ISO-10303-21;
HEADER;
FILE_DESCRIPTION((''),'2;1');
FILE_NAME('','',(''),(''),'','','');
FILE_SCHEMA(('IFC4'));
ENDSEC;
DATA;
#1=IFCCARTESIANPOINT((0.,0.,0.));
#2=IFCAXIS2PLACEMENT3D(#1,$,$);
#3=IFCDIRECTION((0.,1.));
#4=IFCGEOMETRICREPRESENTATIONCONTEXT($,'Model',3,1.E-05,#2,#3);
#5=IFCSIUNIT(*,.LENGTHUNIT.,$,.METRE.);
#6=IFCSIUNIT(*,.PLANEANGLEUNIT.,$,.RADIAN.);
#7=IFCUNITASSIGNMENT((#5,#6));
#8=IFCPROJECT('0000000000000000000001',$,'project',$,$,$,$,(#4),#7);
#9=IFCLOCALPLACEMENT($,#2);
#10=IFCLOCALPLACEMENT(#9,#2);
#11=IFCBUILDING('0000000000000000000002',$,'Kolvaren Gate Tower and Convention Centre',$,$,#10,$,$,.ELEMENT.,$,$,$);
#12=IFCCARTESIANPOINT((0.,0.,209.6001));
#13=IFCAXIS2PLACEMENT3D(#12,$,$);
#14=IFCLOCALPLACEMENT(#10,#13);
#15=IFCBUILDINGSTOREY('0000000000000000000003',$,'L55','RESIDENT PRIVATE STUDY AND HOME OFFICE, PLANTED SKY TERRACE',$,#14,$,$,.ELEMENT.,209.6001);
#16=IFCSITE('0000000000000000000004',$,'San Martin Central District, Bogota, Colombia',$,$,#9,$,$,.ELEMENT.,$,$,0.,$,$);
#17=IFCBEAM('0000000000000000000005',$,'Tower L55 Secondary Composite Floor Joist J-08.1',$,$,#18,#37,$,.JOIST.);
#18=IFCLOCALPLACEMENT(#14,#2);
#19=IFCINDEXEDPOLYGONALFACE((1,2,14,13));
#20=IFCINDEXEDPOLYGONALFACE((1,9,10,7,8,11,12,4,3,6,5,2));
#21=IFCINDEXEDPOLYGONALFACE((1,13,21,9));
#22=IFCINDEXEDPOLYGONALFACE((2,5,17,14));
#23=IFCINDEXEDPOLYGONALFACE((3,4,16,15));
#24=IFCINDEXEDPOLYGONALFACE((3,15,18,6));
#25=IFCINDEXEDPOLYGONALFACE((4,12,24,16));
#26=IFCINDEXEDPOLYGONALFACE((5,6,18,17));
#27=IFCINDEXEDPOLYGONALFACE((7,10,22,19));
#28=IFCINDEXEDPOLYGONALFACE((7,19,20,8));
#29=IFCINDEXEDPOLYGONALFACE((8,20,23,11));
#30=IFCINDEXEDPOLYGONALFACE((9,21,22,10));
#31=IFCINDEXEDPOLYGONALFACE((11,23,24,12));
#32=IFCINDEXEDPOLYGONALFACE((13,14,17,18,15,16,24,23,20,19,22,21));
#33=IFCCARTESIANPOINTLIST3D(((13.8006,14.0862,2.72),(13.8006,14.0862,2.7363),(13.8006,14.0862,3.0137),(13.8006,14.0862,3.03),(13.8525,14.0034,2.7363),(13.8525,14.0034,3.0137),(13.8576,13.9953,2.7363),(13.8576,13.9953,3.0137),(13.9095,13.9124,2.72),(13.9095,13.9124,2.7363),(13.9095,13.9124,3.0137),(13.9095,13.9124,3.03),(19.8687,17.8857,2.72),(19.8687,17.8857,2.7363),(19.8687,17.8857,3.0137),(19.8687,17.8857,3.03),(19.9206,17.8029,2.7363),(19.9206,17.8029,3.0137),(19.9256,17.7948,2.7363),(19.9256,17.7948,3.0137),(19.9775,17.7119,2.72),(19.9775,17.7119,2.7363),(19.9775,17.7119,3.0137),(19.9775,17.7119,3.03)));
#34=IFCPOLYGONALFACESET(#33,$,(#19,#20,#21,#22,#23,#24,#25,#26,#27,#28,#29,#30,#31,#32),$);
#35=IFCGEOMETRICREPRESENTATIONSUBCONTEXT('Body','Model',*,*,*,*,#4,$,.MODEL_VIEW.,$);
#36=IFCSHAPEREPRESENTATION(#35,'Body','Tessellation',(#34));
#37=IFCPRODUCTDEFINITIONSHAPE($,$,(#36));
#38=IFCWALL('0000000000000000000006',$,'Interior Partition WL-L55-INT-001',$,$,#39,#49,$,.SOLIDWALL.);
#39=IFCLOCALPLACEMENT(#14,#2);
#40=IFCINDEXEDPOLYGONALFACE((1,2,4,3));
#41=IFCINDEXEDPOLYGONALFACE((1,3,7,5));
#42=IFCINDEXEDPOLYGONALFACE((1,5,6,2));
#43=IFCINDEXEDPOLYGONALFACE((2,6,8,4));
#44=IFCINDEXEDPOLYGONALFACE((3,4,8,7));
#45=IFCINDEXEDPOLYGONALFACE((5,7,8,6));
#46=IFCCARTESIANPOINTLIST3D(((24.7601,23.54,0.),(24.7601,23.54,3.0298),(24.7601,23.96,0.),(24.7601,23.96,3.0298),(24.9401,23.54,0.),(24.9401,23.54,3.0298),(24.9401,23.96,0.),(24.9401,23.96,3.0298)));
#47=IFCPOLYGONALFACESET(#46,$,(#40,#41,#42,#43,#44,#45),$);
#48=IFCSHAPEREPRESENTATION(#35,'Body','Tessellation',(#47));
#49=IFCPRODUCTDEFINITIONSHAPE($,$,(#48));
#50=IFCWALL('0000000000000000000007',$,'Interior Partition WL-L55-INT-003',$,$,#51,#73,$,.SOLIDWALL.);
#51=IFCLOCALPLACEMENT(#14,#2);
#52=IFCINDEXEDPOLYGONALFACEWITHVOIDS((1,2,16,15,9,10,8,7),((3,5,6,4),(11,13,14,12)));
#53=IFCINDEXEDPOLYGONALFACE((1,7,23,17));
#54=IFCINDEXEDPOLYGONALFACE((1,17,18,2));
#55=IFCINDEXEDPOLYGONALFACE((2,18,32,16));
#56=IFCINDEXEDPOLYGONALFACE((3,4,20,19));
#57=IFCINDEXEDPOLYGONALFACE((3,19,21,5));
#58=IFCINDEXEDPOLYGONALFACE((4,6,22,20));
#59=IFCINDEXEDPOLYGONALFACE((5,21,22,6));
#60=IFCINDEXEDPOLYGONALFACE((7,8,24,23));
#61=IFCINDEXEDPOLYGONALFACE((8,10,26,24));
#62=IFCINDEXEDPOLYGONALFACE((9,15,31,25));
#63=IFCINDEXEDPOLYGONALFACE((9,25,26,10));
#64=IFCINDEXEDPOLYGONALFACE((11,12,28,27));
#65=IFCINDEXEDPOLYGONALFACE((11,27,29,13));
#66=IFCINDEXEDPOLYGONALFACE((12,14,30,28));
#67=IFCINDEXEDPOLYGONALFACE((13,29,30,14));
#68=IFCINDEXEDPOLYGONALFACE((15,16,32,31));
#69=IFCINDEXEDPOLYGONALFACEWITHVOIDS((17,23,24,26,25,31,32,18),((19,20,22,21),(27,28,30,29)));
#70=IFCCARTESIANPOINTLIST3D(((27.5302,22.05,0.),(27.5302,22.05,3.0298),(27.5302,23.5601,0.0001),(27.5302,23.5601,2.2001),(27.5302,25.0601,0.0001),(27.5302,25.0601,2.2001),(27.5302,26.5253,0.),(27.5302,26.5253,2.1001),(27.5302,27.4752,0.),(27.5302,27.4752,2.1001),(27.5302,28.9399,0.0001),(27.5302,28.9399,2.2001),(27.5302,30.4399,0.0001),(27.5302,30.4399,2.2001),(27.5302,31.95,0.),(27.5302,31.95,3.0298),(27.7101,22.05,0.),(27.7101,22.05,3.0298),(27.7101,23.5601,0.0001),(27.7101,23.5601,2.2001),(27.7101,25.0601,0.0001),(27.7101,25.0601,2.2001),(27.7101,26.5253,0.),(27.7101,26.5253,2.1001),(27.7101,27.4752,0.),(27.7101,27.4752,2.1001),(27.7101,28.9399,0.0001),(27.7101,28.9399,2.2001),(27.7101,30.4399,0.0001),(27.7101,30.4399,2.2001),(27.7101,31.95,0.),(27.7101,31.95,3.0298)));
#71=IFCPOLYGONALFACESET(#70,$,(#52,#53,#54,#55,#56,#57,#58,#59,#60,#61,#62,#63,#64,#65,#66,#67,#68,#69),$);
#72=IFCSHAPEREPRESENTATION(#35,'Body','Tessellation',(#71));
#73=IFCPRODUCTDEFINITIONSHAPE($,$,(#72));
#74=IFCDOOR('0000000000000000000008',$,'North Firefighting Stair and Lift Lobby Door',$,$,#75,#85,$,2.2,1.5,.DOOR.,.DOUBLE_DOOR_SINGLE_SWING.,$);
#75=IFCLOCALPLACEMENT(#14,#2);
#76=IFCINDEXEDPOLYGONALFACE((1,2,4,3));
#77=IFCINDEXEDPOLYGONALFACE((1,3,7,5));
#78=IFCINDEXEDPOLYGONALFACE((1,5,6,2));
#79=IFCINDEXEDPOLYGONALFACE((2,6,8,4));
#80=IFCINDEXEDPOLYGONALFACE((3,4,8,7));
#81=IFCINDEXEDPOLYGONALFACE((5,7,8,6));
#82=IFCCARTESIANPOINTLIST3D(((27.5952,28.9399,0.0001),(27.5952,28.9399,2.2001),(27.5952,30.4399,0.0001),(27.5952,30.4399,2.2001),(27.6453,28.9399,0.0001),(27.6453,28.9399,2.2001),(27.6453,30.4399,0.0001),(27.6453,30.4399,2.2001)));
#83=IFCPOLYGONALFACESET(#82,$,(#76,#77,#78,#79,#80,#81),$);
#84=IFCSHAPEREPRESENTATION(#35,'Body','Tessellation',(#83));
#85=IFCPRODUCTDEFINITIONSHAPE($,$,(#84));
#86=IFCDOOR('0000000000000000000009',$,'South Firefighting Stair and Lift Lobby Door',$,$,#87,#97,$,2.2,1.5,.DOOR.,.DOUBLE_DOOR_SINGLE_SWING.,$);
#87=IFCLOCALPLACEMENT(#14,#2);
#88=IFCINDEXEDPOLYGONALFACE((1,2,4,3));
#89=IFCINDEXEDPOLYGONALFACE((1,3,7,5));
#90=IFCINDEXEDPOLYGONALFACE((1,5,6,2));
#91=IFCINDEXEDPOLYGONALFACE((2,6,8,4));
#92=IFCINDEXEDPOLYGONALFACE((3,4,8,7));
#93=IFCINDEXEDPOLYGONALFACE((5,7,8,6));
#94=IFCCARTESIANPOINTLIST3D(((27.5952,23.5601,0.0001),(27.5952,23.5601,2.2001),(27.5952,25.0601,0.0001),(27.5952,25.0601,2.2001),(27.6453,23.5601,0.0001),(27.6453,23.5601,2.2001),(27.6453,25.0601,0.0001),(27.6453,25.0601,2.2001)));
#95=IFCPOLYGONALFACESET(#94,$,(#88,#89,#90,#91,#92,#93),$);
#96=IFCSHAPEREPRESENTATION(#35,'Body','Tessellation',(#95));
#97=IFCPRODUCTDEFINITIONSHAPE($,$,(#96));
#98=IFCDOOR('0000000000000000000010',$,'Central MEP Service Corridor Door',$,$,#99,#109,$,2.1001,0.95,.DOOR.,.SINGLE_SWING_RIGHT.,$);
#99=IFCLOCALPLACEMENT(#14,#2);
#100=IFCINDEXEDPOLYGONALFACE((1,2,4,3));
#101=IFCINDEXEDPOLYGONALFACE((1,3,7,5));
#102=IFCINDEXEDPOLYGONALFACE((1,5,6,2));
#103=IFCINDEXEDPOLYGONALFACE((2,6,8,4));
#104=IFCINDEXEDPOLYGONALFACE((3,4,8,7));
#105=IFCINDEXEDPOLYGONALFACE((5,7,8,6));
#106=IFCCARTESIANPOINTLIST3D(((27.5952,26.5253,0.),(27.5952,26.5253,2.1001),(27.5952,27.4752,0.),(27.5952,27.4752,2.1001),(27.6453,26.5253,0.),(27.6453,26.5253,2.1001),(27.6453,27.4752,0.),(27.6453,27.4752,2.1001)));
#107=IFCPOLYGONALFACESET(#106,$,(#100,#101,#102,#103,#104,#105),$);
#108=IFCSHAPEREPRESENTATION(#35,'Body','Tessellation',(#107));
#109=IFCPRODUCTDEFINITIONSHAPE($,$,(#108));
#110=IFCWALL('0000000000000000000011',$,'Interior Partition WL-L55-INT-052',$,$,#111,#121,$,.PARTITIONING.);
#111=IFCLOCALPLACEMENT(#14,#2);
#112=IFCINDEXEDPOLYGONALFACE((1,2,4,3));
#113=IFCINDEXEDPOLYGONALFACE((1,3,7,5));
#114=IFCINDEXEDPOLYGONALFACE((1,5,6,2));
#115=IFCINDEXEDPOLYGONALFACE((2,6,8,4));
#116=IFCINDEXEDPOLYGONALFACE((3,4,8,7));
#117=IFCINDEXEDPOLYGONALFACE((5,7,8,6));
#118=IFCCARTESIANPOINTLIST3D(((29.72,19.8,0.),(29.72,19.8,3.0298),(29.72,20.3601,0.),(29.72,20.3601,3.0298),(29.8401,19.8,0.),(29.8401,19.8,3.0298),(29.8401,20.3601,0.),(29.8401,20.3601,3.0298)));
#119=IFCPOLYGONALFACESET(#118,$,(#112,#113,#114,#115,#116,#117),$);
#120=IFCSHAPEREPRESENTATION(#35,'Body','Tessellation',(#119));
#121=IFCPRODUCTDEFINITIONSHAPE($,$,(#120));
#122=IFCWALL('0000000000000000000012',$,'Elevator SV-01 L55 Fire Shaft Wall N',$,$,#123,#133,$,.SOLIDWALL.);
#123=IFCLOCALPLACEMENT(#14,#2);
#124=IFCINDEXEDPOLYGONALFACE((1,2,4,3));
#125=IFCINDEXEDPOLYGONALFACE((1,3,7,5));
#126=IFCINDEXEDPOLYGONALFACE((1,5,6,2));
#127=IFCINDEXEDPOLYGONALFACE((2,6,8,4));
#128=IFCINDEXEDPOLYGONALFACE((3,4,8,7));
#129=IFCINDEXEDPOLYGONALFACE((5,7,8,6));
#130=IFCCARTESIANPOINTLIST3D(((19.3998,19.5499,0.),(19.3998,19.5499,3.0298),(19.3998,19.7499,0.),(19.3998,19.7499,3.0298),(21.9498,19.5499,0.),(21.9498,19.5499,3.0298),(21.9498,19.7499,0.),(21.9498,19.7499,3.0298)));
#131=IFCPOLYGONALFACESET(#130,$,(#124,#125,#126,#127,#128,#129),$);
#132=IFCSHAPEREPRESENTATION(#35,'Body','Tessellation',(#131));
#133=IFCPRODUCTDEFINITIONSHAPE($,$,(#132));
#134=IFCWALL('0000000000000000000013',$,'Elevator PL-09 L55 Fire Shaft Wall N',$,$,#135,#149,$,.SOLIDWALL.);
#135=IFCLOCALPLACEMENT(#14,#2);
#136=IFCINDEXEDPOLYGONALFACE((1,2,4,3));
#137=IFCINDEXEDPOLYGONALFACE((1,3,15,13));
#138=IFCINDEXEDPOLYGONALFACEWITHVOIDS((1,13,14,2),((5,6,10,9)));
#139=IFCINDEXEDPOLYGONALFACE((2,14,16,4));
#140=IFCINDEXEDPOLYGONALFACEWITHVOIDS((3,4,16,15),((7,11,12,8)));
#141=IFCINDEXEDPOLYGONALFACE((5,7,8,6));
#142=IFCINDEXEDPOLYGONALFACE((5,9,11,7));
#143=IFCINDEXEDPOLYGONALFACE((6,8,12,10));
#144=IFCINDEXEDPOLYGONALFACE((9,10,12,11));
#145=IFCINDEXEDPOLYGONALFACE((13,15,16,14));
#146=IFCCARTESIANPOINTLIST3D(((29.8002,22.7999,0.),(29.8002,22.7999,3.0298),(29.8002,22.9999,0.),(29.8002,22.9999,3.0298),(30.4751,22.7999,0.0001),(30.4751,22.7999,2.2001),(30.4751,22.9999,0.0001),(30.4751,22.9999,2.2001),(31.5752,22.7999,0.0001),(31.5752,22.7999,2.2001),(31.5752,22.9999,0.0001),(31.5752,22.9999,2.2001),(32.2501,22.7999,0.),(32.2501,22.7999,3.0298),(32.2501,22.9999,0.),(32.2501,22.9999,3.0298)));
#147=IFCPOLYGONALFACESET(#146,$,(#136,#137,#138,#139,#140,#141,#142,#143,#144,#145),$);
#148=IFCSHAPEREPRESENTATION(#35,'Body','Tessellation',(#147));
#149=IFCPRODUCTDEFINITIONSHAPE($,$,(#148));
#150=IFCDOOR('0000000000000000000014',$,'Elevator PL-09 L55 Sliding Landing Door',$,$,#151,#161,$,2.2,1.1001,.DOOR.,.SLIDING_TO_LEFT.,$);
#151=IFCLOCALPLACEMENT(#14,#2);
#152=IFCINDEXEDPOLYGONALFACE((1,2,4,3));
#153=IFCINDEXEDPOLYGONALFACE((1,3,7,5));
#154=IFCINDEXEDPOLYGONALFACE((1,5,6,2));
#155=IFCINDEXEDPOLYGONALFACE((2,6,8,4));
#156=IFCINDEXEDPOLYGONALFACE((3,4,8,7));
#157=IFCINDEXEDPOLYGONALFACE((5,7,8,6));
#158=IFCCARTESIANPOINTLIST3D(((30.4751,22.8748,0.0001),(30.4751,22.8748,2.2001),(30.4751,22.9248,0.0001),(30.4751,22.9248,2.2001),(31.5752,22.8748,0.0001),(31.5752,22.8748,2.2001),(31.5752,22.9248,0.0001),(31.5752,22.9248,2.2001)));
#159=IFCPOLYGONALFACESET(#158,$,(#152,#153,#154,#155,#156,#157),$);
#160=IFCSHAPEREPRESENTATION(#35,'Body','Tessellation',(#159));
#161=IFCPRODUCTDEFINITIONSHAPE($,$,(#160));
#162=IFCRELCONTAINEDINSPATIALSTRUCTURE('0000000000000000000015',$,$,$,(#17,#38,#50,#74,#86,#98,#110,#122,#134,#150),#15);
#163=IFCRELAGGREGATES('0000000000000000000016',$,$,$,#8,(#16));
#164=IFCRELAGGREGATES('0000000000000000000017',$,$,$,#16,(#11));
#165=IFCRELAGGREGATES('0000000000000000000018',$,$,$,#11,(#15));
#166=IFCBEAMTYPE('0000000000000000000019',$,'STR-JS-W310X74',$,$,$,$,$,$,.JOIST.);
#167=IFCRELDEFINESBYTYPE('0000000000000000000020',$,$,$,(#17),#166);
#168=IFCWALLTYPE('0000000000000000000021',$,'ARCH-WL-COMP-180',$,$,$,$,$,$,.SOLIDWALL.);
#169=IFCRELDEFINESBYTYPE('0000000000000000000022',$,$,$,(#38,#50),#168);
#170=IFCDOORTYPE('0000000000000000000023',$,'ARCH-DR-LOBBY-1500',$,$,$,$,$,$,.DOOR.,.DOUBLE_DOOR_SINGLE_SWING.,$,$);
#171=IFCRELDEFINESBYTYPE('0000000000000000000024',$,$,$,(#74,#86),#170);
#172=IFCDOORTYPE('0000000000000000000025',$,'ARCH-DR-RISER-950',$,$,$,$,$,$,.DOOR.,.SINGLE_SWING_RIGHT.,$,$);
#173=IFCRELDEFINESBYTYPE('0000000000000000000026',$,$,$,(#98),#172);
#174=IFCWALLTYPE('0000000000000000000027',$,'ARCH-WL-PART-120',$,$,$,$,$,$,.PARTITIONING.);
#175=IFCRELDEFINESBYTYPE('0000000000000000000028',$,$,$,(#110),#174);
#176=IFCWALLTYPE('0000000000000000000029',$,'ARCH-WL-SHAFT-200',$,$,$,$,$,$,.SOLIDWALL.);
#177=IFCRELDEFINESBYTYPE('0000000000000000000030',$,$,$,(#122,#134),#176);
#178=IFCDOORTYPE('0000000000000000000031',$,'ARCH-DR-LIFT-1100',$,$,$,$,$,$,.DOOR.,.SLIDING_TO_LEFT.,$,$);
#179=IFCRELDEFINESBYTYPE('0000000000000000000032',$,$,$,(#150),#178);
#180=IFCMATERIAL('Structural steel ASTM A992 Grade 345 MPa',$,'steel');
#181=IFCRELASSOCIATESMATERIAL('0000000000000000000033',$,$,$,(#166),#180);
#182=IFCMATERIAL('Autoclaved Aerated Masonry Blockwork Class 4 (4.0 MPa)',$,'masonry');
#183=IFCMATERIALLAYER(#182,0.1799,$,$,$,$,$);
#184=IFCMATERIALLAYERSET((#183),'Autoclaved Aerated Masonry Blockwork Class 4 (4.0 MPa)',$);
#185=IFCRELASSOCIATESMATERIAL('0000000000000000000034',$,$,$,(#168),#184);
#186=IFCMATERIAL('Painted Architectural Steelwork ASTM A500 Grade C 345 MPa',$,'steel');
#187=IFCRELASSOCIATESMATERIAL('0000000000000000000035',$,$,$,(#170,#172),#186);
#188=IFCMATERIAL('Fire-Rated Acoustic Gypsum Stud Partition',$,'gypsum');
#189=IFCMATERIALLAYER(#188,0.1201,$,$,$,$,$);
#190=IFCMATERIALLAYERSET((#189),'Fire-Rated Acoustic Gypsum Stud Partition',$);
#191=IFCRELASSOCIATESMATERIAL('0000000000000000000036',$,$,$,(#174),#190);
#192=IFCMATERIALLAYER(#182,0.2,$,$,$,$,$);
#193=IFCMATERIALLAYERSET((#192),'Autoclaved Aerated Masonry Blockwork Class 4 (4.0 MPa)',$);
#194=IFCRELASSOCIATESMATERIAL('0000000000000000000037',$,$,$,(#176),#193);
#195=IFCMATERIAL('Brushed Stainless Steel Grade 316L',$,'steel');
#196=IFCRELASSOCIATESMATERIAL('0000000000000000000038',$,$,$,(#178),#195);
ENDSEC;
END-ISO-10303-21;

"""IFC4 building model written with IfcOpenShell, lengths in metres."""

from ifc_helpers import new_model, si_unit, direction, frame, frame_2d, origin, origin_2d, place, context, subcontext, project, spatial, rectangle, i_section, extrude, material, layer, layer_set, material_profile, profile_set, type_object, element, fill, save


model = new_model("IFC4")

# Units and contexts
model_context = context("Model", 3, precision=1e-05, world=origin(), true_north=direction((0.0, 1.0)))
body_context = subcontext(model_context, "Body", "Model", "MODEL_VIEW")
ifc_project = project(units=[si_unit("LENGTHUNIT", "METRE"), si_unit("PLANEANGLEUNIT", "RADIAN")], contexts=[model_context])

# Site, building, storey
site_placement = place(None, origin())
site = spatial("IfcSite", under=ifc_project, at=site_placement, Name="San Martin Central District, Bogota, Colombia", CompositionType="ELEMENT", RefElevation=0.0)
building_placement = place(site_placement, origin())
building = spatial("IfcBuilding", under=site, at=building_placement, Name="Kolvaren Gate Tower and Convention Centre", CompositionType="ELEMENT")
storey_placement = place(building_placement, frame((0.0, 0.0, 209.6001)))
storey = spatial("IfcBuildingStorey", under=building, at=storey_placement, Name="L55", Description="RESIDENT PRIVATE STUDY AND HOME OFFICE, PLANTED SKY TERRACE", CompositionType="ELEMENT", Elevation=209.6001)

# Beam
ifc_material_1 = material(Name="Structural steel ASTM A992 Grade 345 MPa", Category="steel")
ifc_material_profile = material_profile(ifc_material_1, i_section(OverallWidth=0.2051, OverallDepth=0.3101, WebThickness=0.0095, FlangeThickness=0.0164, at=origin_2d()), Name="W310X74")
ifc_profile_set = profile_set([ifc_material_profile], Name="Structural steel ASTM A992 Grade 345 MPa")
beam_type = type_object("IfcBeamType", Name="STR-JS-W310X74", PredefinedType="JOIST", material=ifc_profile_set)
beam_placement = place(storey_placement, frame((19.9231, 17.7988, 2.875), z_axis=(-0.847559, -0.530701, 0.0), x_axis=(0.530701, -0.847559, 0.0)))
element("IfcBeam", 1, at=beam_placement, inside=storey, type_object=beam_type, Name="Tower L55 Secondary Composite Floor Joist J-08.1", PredefinedType="JOIST", context=body_context, shape_type="SweptSolid", body=[
    extrude(i_section(OverallWidth=0.2051, OverallDepth=0.3101, WebThickness=0.0095, FlangeThickness=0.0164, at=origin_2d()), origin(), (0.0, 0.0, 1.0), 7.1594),
])

# Wall
ifc_material_2 = material(Name="Autoclaved Aerated Masonry Blockwork Class 4 (4.0 MPa)", Category="masonry")
ifc_layer_1 = layer(ifc_material_2, 0.1799)
ifc_layer_set_1 = layer_set([ifc_layer_1], Name="Autoclaved Aerated Masonry Blockwork Class 4 (4.0 MPa)")
wall_type_1 = type_object("IfcWallType", Name="ARCH-WL-COMP-180", PredefinedType="SOLIDWALL", material=ifc_layer_set_1)
wall_1_placement = place(storey_placement, frame((24.8501, 23.54, 0.0), z_axis=(0.0, 0.0, 1.0), x_axis=(0.0, 1.0, 0.0)))
element("IfcWall", 2, at=wall_1_placement, inside=storey, type_object=wall_type_1, Name="Interior Partition WL-L55-INT-001", PredefinedType="SOLIDWALL", context=body_context, shape_type="SweptSolid", body=[
    extrude(rectangle(XDim=0.4199, YDim=0.1799, at=frame_2d((0.21, 0.0))), origin(), (0.0, 0.0, 1.0), 3.0298),
])

# Wall, openings, doors
wall_2_placement = place(storey_placement, frame((27.6201, 22.05, 0.0), z_axis=(0.0, 0.0, 1.0), x_axis=(0.0, 1.0, 0.0)))
wall_2 = element("IfcWall", 3, at=wall_2_placement, inside=storey, type_object=wall_type_1, Name="Interior Partition WL-L55-INT-003", PredefinedType="SOLIDWALL", context=body_context, shape_type="SweptSolid", body=[
    extrude(rectangle(XDim=9.8999, YDim=0.1799, at=frame_2d((4.95, 0.0))), origin(), (0.0, 0.0, 1.0), 3.0298),
])
opening_1_placement = place(wall_2_placement, frame((4.4751, 0.0, 0.0)))
opening_1 = element("IfcOpeningElement", 4, at=opening_1_placement, cuts=wall_2, PredefinedType="OPENING", context=body_context, shape_type="SweptSolid", body=[
    extrude(rectangle(XDim=0.95, YDim=2.1001, at=frame_2d((0.4751, 1.05))), frame((0.0, 0.0999, 0.0), z_axis=(0.0, -1.0, 0.0), x_axis=(1.0, 0.0, 0.0)), (0.0, 0.0, 1.0), 0.2),
])
opening_2_placement = place(wall_2_placement, frame((6.8899, 0.0, 0.0)))
opening_2 = element("IfcOpeningElement", 5, at=opening_2_placement, cuts=wall_2, PredefinedType="OPENING", context=body_context, shape_type="SweptSolid", body=[
    extrude(rectangle(XDim=1.5, YDim=2.2, at=frame_2d((0.75, 1.1001))), frame((0.0, 0.0999, 0.0), z_axis=(0.0, -1.0, 0.0), x_axis=(1.0, 0.0, 0.0)), (0.0, 0.0, 1.0), 0.2),
])
opening_3_placement = place(wall_2_placement, frame((1.51, 0.0, 0.0)))
opening_3 = element("IfcOpeningElement", 6, at=opening_3_placement, cuts=wall_2, PredefinedType="OPENING", context=body_context, shape_type="SweptSolid", body=[
    extrude(rectangle(XDim=1.5, YDim=2.2, at=frame_2d((0.75, 1.1001))), frame((0.0, 0.0999, 0.0), z_axis=(0.0, -1.0, 0.0), x_axis=(1.0, 0.0, 0.0)), (0.0, 0.0, 1.0), 0.2),
])
ifc_material_3 = material(Name="Painted Architectural Steelwork ASTM A500 Grade C 345 MPa", Category="steel")
door_type_1 = type_object("IfcDoorType", Name="ARCH-DR-LOBBY-1500", OperationType="DOUBLE_DOOR_SINGLE_SWING", PredefinedType="DOOR", material=ifc_material_3)
door_1_placement = place(opening_2_placement, origin())
door_1 = element("IfcDoor", 7, at=door_1_placement, inside=storey, type_object=door_type_1, Name="North Firefighting Stair and Lift Lobby Door", OperationType="DOUBLE_DOOR_SINGLE_SWING", OverallHeight=2.2, OverallWidth=1.5, PredefinedType="DOOR", context=body_context, shape_type="SweptSolid", body=[
    extrude(rectangle(XDim=1.5, YDim=2.2, at=frame_2d((0.75, 1.1001))), frame((0.0, 0.0249, 0.0), z_axis=(0.0, -1.0, 0.0), x_axis=(1.0, 0.0, 0.0)), (0.0, 0.0, 1.0), 0.05),
])
fill(opening_2, door_1)
door_2_placement = place(opening_3_placement, origin())
door_2 = element("IfcDoor", 8, at=door_2_placement, inside=storey, type_object=door_type_1, Name="South Firefighting Stair and Lift Lobby Door", OperationType="DOUBLE_DOOR_SINGLE_SWING", OverallHeight=2.2, OverallWidth=1.5, PredefinedType="DOOR", context=body_context, shape_type="SweptSolid", body=[
    extrude(rectangle(XDim=1.5, YDim=2.2, at=frame_2d((0.75, 1.1001))), frame((0.0, 0.0249, 0.0), z_axis=(0.0, -1.0, 0.0), x_axis=(1.0, 0.0, 0.0)), (0.0, 0.0, 1.0), 0.05),
])
fill(opening_3, door_2)
door_type_2 = type_object("IfcDoorType", Name="ARCH-DR-RISER-950", OperationType="SINGLE_SWING_RIGHT", PredefinedType="DOOR", material=ifc_material_3)
door_3_placement = place(opening_1_placement, origin())
door_3 = element("IfcDoor", 9, at=door_3_placement, inside=storey, type_object=door_type_2, Name="Central MEP Service Corridor Door", OperationType="SINGLE_SWING_RIGHT", OverallHeight=2.1001, OverallWidth=0.95, PredefinedType="DOOR", context=body_context, shape_type="SweptSolid", body=[
    extrude(rectangle(XDim=0.95, YDim=2.1001, at=frame_2d((0.4751, 1.05))), frame((0.0, 0.0249, 0.0), z_axis=(0.0, -1.0, 0.0), x_axis=(1.0, 0.0, 0.0)), (0.0, 0.0, 1.0), 0.05),
])
fill(opening_1, door_3)

# Walls
ifc_material_4 = material(Name="Fire-Rated Acoustic Gypsum Stud Partition", Category="gypsum")
ifc_layer_2 = layer(ifc_material_4, 0.1201)
ifc_layer_set_2 = layer_set([ifc_layer_2], Name="Fire-Rated Acoustic Gypsum Stud Partition")
wall_type_2 = type_object("IfcWallType", Name="ARCH-WL-PART-120", PredefinedType="PARTITIONING", material=ifc_layer_set_2)
wall_3_placement = place(storey_placement, frame((29.78, 19.8, 0.0), z_axis=(0.0, 0.0, 1.0), x_axis=(0.0, 1.0, 0.0)))
element("IfcWall", 10, at=wall_3_placement, inside=storey, type_object=wall_type_2, Name="Interior Partition WL-L55-INT-052", PredefinedType="PARTITIONING", context=body_context, shape_type="SweptSolid", body=[
    extrude(rectangle(XDim=0.5601, YDim=0.1201, at=frame_2d((0.28, 0.0))), origin(), (0.0, 0.0, 1.0), 3.0298),
])
ifc_layer_3 = layer(ifc_material_2, 0.2)
ifc_layer_set_3 = layer_set([ifc_layer_3], Name="Autoclaved Aerated Masonry Blockwork Class 4 (4.0 MPa)")
wall_type_3 = type_object("IfcWallType", Name="ARCH-WL-SHAFT-200", PredefinedType="SOLIDWALL", material=ifc_layer_set_3)
wall_4_placement = place(storey_placement, frame((19.3999, 19.6499, 0.0), z_axis=(0.0, 0.0, 1.0), x_axis=(1.0, 0.0, 0.0)))
element("IfcWall", 11, at=wall_4_placement, inside=storey, type_object=wall_type_3, Name="Elevator SV-01 L55 Fire Shaft Wall N", PredefinedType="SOLIDWALL", context=body_context, shape_type="SweptSolid", body=[
    extrude(rectangle(XDim=2.55, YDim=0.2, at=frame_2d((1.2749, 0.0))), origin(), (0.0, 0.0, 1.0), 3.0298),
])

# Wall, opening, door
wall_5_placement = place(storey_placement, frame((29.8, 22.8999, 0.0), z_axis=(0.0, 0.0, 1.0), x_axis=(1.0, 0.0, 0.0)))
wall_5 = element("IfcWall", 12, at=wall_5_placement, inside=storey, type_object=wall_type_3, Name="Elevator PL-09 L55 Fire Shaft Wall N", PredefinedType="SOLIDWALL", context=body_context, shape_type="SweptSolid", body=[
    extrude(rectangle(XDim=2.45, YDim=0.2, at=frame_2d((1.2251, 0.0))), origin(), (0.0, 0.0, 1.0), 3.0298),
])
opening_4_placement = place(wall_5_placement, frame((0.675, 0.0, 0.0)))
opening_4 = element("IfcOpeningElement", 13, at=opening_4_placement, cuts=wall_5, PredefinedType="OPENING", context=body_context, shape_type="SweptSolid", body=[
    extrude(rectangle(XDim=1.1001, YDim=2.2, at=frame_2d((0.55, 1.1001))), frame((0.0, 0.1099, 0.0), z_axis=(0.0, -1.0, 0.0), x_axis=(1.0, 0.0, 0.0)), (0.0, 0.0, 1.0), 0.22),
])
ifc_material_5 = material(Name="Brushed Stainless Steel Grade 316L", Category="steel")
door_type_3 = type_object("IfcDoorType", Name="ARCH-DR-LIFT-1100", OperationType="SLIDING_TO_LEFT", PredefinedType="DOOR", material=ifc_material_5)
door_4_placement = place(opening_4_placement, origin())
door_4 = element("IfcDoor", 14, at=door_4_placement, inside=storey, type_object=door_type_3, Name="Elevator PL-09 L55 Sliding Landing Door", OperationType="SLIDING_TO_LEFT", OverallHeight=2.2, OverallWidth=1.1001, PredefinedType="DOOR", context=body_context, shape_type="SweptSolid", body=[
    extrude(rectangle(XDim=1.1001, YDim=2.2, at=frame_2d((0.55, 1.1001))), frame((0.0, 0.0249, 0.0), z_axis=(0.0, -1.0, 0.0), x_axis=(1.0, 0.0, 0.0)), (0.0, 0.0, 1.0), 0.05),
])
fill(opening_4, door_4)

save(model, "model.ifc")
